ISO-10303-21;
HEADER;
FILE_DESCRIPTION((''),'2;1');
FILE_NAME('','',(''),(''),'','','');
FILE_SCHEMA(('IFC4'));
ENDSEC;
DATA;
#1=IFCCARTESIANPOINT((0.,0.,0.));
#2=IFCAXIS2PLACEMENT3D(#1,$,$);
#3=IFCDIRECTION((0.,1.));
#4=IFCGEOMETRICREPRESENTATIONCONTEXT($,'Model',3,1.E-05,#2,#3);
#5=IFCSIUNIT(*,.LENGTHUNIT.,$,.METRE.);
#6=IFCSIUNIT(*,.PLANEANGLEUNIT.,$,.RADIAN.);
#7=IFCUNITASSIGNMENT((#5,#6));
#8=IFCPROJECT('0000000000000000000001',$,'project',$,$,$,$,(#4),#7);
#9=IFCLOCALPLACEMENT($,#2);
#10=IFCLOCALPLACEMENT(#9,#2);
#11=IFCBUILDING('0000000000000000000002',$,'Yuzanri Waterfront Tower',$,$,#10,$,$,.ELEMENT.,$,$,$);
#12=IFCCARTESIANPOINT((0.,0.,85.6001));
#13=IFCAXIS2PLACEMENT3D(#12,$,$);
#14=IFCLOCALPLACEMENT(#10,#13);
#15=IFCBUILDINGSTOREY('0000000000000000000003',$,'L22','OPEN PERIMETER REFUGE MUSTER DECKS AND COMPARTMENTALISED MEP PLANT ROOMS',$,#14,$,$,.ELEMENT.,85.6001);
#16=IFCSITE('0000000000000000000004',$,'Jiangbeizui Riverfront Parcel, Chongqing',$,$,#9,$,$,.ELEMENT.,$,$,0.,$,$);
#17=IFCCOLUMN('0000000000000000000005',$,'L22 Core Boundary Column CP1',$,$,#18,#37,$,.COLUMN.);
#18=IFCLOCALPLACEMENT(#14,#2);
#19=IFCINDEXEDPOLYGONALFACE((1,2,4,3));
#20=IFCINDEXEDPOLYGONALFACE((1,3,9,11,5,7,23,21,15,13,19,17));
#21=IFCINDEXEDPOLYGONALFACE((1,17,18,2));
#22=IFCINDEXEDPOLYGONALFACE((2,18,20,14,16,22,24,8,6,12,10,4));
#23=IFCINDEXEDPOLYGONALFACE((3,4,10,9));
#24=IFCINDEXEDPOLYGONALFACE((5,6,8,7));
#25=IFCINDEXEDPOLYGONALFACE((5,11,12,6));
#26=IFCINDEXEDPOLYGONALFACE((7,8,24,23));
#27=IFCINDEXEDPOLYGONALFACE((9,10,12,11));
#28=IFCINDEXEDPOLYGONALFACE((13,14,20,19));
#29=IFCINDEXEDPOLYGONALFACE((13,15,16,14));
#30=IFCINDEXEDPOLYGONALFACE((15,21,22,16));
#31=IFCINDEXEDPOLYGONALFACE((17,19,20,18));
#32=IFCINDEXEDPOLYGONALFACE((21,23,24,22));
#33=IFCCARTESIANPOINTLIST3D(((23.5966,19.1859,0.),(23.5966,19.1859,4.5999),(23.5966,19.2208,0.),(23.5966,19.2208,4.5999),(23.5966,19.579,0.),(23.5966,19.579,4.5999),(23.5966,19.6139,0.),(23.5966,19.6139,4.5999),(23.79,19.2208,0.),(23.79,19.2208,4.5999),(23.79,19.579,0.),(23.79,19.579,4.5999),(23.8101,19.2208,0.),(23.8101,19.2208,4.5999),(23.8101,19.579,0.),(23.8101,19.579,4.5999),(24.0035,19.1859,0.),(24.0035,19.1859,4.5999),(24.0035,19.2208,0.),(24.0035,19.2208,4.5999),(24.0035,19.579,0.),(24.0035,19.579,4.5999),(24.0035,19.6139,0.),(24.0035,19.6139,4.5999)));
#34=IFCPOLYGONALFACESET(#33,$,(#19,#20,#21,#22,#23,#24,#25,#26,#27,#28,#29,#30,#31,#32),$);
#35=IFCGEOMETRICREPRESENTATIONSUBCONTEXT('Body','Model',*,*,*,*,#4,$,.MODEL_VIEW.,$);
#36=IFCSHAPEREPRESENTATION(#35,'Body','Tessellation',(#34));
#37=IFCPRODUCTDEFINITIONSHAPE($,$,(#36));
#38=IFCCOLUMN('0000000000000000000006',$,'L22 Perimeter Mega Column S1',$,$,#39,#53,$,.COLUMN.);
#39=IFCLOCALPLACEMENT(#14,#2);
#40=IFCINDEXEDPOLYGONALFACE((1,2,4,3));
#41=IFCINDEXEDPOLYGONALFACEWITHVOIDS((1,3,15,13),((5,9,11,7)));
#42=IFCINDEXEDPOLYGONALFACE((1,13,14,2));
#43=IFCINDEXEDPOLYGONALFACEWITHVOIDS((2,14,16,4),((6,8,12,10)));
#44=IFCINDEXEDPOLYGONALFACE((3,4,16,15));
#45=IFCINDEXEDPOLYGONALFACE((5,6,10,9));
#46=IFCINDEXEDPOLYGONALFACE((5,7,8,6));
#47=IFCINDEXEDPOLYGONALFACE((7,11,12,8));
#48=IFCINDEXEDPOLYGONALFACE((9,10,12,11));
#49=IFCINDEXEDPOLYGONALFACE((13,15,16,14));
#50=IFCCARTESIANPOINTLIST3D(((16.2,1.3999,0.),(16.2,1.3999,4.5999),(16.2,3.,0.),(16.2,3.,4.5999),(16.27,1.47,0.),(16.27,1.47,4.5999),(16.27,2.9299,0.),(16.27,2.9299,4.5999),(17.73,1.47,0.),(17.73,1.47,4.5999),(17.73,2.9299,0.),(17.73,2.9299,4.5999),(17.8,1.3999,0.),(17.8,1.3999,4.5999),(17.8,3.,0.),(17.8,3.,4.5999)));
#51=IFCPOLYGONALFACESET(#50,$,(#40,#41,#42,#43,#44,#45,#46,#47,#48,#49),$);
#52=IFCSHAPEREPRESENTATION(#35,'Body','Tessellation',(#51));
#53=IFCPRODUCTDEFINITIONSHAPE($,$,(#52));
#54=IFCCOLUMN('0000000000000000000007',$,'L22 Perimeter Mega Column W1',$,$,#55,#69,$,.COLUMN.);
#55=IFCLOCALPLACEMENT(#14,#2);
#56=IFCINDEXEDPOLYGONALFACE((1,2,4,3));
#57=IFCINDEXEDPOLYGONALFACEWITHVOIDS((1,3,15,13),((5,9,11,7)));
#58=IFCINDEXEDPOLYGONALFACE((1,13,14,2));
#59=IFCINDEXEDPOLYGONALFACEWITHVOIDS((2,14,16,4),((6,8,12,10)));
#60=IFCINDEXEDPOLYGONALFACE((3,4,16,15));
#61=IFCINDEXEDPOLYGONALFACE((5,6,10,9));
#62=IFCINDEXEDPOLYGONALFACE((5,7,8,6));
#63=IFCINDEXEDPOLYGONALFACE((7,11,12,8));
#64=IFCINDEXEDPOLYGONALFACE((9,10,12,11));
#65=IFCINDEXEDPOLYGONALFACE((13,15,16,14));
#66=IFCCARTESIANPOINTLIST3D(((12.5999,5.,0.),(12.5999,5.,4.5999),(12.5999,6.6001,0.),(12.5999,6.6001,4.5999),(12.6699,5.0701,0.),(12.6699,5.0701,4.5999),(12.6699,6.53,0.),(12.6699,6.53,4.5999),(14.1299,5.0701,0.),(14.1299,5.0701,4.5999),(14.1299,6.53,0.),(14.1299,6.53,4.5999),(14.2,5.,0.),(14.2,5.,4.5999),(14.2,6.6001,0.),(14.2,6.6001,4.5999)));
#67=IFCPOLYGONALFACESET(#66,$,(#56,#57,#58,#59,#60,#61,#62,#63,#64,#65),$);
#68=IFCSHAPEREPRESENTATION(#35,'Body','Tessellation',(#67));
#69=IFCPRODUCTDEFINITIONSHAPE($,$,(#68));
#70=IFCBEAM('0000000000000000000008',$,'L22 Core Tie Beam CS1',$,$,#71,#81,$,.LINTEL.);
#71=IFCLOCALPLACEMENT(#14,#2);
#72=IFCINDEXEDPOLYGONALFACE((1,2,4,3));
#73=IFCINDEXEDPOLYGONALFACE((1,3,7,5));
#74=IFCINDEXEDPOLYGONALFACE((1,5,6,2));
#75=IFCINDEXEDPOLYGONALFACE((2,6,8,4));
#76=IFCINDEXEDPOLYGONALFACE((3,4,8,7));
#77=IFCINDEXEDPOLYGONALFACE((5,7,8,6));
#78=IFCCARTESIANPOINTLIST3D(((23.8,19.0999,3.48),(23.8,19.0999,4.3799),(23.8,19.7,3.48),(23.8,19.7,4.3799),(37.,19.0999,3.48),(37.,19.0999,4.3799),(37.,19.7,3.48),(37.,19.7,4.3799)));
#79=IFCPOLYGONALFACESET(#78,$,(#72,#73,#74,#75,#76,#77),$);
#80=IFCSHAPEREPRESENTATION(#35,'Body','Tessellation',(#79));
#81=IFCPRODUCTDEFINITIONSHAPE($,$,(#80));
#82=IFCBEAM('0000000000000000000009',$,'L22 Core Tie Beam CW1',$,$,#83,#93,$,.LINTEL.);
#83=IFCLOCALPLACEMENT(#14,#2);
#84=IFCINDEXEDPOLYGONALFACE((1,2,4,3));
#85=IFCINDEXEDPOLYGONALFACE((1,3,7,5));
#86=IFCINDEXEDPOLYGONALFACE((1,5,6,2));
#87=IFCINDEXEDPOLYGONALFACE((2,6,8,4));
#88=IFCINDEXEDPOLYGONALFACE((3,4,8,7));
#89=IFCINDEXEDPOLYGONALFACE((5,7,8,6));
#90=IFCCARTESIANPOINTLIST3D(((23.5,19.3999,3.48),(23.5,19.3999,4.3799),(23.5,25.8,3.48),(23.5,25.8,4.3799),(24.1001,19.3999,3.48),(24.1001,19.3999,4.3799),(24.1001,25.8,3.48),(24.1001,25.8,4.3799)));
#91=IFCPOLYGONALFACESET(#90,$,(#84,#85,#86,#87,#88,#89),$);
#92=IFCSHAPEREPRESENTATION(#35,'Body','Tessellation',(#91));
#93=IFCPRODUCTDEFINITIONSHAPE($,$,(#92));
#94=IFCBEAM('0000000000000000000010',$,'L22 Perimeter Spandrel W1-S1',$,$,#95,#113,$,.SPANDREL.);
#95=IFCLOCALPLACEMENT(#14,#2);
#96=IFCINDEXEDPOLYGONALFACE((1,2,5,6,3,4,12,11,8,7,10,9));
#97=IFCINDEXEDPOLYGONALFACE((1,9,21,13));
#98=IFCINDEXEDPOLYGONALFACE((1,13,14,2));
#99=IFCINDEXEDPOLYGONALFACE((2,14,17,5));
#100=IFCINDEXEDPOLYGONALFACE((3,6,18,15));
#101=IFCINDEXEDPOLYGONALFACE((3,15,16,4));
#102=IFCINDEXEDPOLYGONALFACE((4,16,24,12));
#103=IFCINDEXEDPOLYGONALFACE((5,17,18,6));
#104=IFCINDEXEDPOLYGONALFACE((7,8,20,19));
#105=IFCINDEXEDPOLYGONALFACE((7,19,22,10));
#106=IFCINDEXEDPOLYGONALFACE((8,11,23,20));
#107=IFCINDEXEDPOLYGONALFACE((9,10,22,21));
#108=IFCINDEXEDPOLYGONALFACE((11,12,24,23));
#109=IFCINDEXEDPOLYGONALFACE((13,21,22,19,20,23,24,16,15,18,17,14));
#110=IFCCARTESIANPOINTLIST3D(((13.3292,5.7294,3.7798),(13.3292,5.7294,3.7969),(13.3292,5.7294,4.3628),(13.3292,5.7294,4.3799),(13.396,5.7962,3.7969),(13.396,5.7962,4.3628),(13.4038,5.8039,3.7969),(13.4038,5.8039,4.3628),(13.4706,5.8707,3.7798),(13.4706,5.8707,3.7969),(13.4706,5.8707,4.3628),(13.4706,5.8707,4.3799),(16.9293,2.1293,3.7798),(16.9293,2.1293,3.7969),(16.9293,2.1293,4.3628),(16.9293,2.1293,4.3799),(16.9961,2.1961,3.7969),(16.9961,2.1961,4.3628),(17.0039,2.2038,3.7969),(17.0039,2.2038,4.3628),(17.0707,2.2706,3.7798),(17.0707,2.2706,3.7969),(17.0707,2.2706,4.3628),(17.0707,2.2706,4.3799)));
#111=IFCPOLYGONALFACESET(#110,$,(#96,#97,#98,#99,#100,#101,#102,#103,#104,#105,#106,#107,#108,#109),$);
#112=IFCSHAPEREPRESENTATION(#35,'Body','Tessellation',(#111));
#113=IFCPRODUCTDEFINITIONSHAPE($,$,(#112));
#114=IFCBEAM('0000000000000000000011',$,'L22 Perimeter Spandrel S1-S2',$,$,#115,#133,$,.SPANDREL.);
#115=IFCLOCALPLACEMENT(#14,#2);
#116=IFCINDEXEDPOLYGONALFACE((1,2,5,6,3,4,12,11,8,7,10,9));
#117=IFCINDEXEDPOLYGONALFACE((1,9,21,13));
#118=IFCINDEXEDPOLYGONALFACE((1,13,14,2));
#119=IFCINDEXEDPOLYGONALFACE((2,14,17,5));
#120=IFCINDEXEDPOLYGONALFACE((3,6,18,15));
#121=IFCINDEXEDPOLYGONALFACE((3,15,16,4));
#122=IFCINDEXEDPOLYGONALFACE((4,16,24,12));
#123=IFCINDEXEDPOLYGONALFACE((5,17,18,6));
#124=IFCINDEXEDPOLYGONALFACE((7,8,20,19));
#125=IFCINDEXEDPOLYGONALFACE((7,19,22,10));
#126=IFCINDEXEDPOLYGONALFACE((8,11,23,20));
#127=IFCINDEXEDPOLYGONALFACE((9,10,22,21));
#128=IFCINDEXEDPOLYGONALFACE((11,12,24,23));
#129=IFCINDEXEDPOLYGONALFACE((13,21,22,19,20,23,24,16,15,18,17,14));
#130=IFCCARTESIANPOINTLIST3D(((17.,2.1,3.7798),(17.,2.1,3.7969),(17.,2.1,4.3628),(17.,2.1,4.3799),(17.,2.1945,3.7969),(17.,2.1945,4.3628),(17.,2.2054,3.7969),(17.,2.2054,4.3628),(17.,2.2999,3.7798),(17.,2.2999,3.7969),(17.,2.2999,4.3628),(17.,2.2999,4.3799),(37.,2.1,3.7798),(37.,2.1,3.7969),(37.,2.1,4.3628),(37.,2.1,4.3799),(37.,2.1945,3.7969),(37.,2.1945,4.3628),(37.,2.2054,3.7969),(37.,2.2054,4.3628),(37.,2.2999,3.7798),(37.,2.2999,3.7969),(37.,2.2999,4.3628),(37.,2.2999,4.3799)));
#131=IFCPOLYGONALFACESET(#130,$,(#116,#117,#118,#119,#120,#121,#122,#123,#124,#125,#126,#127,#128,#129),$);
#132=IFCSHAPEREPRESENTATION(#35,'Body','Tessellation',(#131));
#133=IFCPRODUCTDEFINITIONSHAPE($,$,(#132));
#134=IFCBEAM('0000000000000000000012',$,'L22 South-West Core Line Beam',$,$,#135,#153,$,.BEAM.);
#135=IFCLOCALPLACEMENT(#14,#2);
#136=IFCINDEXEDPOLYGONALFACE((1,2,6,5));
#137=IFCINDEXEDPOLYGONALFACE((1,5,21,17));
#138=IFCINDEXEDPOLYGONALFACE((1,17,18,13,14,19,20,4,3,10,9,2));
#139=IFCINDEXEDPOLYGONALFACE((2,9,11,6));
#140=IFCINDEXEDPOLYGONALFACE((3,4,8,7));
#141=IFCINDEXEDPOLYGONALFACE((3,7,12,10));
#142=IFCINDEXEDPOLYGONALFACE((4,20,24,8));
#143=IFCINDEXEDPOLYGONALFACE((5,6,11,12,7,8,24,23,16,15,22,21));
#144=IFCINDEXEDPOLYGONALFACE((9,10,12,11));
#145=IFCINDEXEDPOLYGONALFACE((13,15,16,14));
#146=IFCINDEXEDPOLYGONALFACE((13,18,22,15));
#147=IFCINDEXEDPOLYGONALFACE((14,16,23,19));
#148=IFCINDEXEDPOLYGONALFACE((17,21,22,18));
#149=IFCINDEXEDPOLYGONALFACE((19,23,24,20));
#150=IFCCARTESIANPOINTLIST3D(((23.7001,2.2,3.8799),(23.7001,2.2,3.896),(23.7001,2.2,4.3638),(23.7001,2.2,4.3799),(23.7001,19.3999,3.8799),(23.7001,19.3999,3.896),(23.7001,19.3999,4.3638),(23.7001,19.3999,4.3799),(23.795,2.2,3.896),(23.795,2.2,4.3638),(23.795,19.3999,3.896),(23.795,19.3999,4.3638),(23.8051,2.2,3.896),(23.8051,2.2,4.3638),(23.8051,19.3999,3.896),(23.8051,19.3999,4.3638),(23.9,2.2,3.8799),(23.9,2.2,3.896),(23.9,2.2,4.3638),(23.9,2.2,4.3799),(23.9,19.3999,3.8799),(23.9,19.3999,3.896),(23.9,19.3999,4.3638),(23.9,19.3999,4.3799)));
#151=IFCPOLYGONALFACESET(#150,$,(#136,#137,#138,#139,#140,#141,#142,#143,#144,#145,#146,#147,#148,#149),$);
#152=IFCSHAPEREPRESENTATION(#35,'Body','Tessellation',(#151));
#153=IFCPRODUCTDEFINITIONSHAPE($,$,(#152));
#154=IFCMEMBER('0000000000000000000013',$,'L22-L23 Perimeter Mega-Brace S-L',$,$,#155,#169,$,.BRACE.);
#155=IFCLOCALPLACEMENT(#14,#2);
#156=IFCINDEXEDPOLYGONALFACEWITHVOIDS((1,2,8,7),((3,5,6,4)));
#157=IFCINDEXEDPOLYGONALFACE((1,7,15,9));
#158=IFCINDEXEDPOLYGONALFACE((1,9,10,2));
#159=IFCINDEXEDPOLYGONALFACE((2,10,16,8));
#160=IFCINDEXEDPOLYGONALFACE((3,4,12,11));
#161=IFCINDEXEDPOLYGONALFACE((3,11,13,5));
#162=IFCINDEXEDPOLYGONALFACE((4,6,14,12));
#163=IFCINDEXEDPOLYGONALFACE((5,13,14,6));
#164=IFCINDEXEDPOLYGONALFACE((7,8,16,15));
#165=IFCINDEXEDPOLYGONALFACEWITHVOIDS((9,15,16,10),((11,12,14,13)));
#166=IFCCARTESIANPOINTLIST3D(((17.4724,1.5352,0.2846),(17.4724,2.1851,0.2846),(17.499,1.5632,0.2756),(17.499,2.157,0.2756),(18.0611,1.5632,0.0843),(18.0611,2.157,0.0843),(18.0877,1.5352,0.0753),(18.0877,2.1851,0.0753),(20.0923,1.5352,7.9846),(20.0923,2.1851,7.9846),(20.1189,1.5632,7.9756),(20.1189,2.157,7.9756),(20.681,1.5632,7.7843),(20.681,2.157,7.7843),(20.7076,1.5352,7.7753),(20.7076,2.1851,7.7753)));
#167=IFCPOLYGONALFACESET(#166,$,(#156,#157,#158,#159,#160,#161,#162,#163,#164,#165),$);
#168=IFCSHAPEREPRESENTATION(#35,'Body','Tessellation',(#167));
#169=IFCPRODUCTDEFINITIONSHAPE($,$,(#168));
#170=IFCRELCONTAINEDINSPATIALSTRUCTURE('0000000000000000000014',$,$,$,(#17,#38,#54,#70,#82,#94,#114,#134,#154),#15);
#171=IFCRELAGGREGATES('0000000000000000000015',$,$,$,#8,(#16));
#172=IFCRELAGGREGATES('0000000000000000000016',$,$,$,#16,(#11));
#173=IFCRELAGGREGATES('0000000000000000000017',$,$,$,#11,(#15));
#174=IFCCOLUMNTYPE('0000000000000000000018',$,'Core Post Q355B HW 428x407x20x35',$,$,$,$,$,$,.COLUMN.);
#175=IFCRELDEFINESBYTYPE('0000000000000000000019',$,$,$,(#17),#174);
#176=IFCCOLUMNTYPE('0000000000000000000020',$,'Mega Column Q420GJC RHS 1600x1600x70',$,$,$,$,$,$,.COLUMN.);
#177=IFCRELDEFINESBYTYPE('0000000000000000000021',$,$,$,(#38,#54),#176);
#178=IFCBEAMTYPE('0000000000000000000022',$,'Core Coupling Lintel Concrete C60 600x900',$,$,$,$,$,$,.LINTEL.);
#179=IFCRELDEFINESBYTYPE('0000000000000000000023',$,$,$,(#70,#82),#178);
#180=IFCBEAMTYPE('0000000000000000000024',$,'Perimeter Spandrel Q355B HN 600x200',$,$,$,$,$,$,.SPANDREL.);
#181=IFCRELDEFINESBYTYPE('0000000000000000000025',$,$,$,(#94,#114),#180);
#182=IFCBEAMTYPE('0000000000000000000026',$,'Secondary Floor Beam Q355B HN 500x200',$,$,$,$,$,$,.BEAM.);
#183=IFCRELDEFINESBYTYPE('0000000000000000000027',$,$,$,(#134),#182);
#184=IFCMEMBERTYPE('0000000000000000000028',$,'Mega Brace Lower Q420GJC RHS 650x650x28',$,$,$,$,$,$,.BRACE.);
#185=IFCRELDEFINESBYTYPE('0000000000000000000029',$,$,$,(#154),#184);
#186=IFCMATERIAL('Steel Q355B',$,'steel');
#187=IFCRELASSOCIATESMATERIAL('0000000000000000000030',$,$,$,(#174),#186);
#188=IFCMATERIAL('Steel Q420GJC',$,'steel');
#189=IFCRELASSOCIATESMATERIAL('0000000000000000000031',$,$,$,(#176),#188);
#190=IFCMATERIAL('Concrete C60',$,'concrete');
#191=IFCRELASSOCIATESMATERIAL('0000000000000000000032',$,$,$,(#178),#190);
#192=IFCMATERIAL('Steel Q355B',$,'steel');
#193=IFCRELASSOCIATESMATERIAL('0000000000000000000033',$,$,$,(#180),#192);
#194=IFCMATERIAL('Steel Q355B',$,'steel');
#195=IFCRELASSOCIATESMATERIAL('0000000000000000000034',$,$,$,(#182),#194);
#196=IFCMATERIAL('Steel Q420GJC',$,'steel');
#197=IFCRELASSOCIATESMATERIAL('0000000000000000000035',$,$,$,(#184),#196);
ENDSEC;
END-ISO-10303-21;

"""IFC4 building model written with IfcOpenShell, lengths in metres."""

from ifc_helpers import new_model, si_unit, direction, frame, origin, origin_2d, place, context, subcontext, project, spatial, rectangle, hollow_rectangle, i_section, extrude, source, transform, mapped, material, material_profile, profile_set, type_object, element, save


model = new_model("IFC4")

# Units and contexts
model_context = context("Model", 3, precision=1e-05, world=origin(), true_north=direction((0.0, 1.0)))
body_context = subcontext(model_context, "Body", "Model", "MODEL_VIEW")
ifc_project = project(units=[si_unit("LENGTHUNIT", "METRE"), si_unit("PLANEANGLEUNIT", "RADIAN")], contexts=[model_context])

# Site, building, storey
site_placement = place(None, origin())
site = spatial("IfcSite", under=ifc_project, at=site_placement, Name="Jiangbeizui Riverfront Parcel, Chongqing", CompositionType="ELEMENT", RefElevation=0.0)
building_placement = place(site_placement, origin())
building = spatial("IfcBuilding", under=site, at=building_placement, Name="Yuzanri Waterfront Tower", CompositionType="ELEMENT")
storey_placement = place(building_placement, frame((0.0, 0.0, 85.6001)))
storey = spatial("IfcBuildingStorey", under=building, at=storey_placement, Name="L22", Description="OPEN PERIMETER REFUGE MUSTER DECKS AND COMPARTMENTALISED MEP PLANT ROOMS", CompositionType="ELEMENT", Elevation=85.6001)

# Columns
ifc_material_1 = material(Name="Steel Q355B", Category="steel")
ifc_material_profile_1 = material_profile(ifc_material_1, i_section(OverallWidth=0.407, OverallDepth=0.428, WebThickness=0.02, FlangeThickness=0.0349, at=origin_2d()), Name="HW 428x407x20x35")
ifc_profile_set_1 = profile_set([ifc_material_profile_1], Name="Steel Q355B")
column_type_1 = type_object("IfcColumnType", Name="Core Post Q355B HW 428x407x20x35", PredefinedType="COLUMN", material=ifc_profile_set_1)
shared_shape_1 = source(origin(), body_context, "Body", "SweptSolid", [
    extrude(i_section(OverallWidth=0.407, OverallDepth=0.428, WebThickness=0.02, FlangeThickness=0.0349, at=origin_2d()), origin(), (0.0, 0.0, 1.0), 4.5999),
])
column_placement = place(storey_placement, frame((23.8, 19.3999, 0.0), z_axis=(0.0, 0.0, 1.0), x_axis=(1.0, 0.0, 0.0)))
element("IfcColumn", 1, at=column_placement, inside=storey, type_object=column_type_1, Name="L22 Core Boundary Column CP1", PredefinedType="COLUMN", context=body_context, shape_type="MappedRepresentation", body=[
    mapped(shared_shape_1, transform((0.0, 0.0, 0.0), scale=1.0)),
])
ifc_material_2 = material(Name="Steel Q420GJC", Category="steel")
ifc_material_profile_2 = material_profile(ifc_material_2, hollow_rectangle(XDim=1.6001, YDim=1.6001, WallThickness=0.0701, at=origin_2d()), Name="RHS 1600x1600x70")
ifc_profile_set_2 = profile_set([ifc_material_profile_2], Name="Steel Q420GJC")
column_type_2 = type_object("IfcColumnType", Name="Mega Column Q420GJC RHS 1600x1600x70", PredefinedType="COLUMN", material=ifc_profile_set_2)
shared_shape_2 = source(origin(), body_context, "Body", "SweptSolid", [
    extrude(hollow_rectangle(XDim=1.6001, YDim=1.6001, WallThickness=0.0701, at=origin_2d()), origin(), (0.0, 0.0, 1.0), 4.5999),
])
for number, where, z_axis, x_axis, name in (
    (2, (17.0, 2.2, 0.0), (0.0, 0.0, 1.0), (1.0, 0.0, 0.0), "L22 Perimeter Mega Column S1"),
    (3, (13.3999, 5.8, 0.0), (0.0, 0.0, 1.0), (1.0, 0.0, 0.0), "L22 Perimeter Mega Column W1"),
):
    element("IfcColumn", number, at=place(storey_placement, frame(where, z_axis=z_axis, x_axis=x_axis)), inside=storey, type_object=column_type_2, Name=name, PredefinedType="COLUMN", context=body_context, shape_type="MappedRepresentation", body=[
        mapped(shared_shape_2, transform((0.0, 0.0, 0.0), scale=1.0)),
    ])

# Beams
ifc_material_3 = material(Name="Concrete C60", Category="concrete")
ifc_material_profile_3 = material_profile(ifc_material_3, rectangle(XDim=0.6001, YDim=0.8999, at=origin_2d()), Name="RC 600x900")
ifc_profile_set_3 = profile_set([ifc_material_profile_3], Name="Concrete C60")
beam_type_1 = type_object("IfcBeamType", Name="Core Coupling Lintel Concrete C60 600x900", PredefinedType="LINTEL", material=ifc_profile_set_3)
shared_shape_3 = source(origin(), body_context, "Body", "SweptSolid", [
    extrude(rectangle(XDim=0.6001, YDim=0.8999, at=origin_2d()), origin(), (0.0, 0.0, 1.0), 13.2),
])
beam_1_placement = place(storey_placement, frame((23.8, 19.3999, 3.9299), z_axis=(1.0, 0.0, 0.0), x_axis=(0.0, 1.0, 0.0)))
element("IfcBeam", 4, at=beam_1_placement, inside=storey, type_object=beam_type_1, Name="L22 Core Tie Beam CS1", PredefinedType="LINTEL", context=body_context, shape_type="MappedRepresentation", body=[
    mapped(shared_shape_3, transform((0.0, 0.0, 0.0), scale=1.0)),
])
shared_shape_4 = source(origin(), body_context, "Body", "SweptSolid", [
    extrude(rectangle(XDim=0.6001, YDim=0.8999, at=origin_2d()), origin(), (0.0, 0.0, 1.0), 6.4001),
])
beam_2_placement = place(storey_placement, frame((23.8, 19.3999, 3.9299), z_axis=(0.0, 1.0, 0.0), x_axis=(-1.0, 0.0, 0.0)))
element("IfcBeam", 5, at=beam_2_placement, inside=storey, type_object=beam_type_1, Name="L22 Core Tie Beam CW1", PredefinedType="LINTEL", context=body_context, shape_type="MappedRepresentation", body=[
    mapped(shared_shape_4, transform((0.0, 0.0, 0.0), scale=1.0)),
])
ifc_material_4 = material(Name="Steel Q355B", Category="steel")
ifc_material_profile_4 = material_profile(ifc_material_4, i_section(OverallWidth=0.2, OverallDepth=0.6001, WebThickness=0.011, FlangeThickness=0.0171, at=origin_2d()), Name="HN 600x200x11x17")
ifc_profile_set_4 = profile_set([ifc_material_profile_4], Name="Steel Q355B")
beam_type_2 = type_object("IfcBeamType", Name="Perimeter Spandrel Q355B HN 600x200", PredefinedType="SPANDREL", material=ifc_profile_set_4)
shared_shape_5 = source(origin(), body_context, "Body", "SweptSolid", [
    extrude(i_section(OverallWidth=0.2, OverallDepth=0.6001, WebThickness=0.011, FlangeThickness=0.0171, at=origin_2d()), origin(), (0.0, 0.0, 1.0), 5.0913),
])
beam_3_placement = place(storey_placement, frame((13.3999, 5.8, 4.0798), z_axis=(0.707107, -0.707107, 0.0), x_axis=(0.707107, 0.707107, 0.0)))
element("IfcBeam", 6, at=beam_3_placement, inside=storey, type_object=beam_type_2, Name="L22 Perimeter Spandrel W1-S1", PredefinedType="SPANDREL", context=body_context, shape_type="MappedRepresentation", body=[
    mapped(shared_shape_5, transform((0.0, 0.0, 0.0), scale=1.0)),
])
shared_shape_6 = source(origin(), body_context, "Body", "SweptSolid", [
    extrude(i_section(OverallWidth=0.2, OverallDepth=0.6001, WebThickness=0.011, FlangeThickness=0.0171, at=origin_2d()), origin(), (0.0, 0.0, 1.0), 20.0),
])
beam_4_placement = place(storey_placement, frame((17.0, 2.2, 4.0798), z_axis=(1.0, 0.0, 0.0), x_axis=(0.0, 1.0, 0.0)))
element("IfcBeam", 7, at=beam_4_placement, inside=storey, type_object=beam_type_2, Name="L22 Perimeter Spandrel S1-S2", PredefinedType="SPANDREL", context=body_context, shape_type="MappedRepresentation", body=[
    mapped(shared_shape_6, transform((0.0, 0.0, 0.0), scale=1.0)),
])
ifc_material_5 = material(Name="Steel Q355B", Category="steel")
ifc_material_profile_5 = material_profile(ifc_material_5, i_section(OverallWidth=0.2, OverallDepth=0.5, WebThickness=0.01, FlangeThickness=0.0161, at=origin_2d()), Name="HN 500x200x10x16")
ifc_profile_set_5 = profile_set([ifc_material_profile_5], Name="Steel Q355B")
beam_type_3 = type_object("IfcBeamType", Name="Secondary Floor Beam Q355B HN 500x200", PredefinedType="BEAM", material=ifc_profile_set_5)
shared_shape_7 = source(origin(), body_context, "Body", "SweptSolid", [
    extrude(i_section(OverallWidth=0.2, OverallDepth=0.5, WebThickness=0.01, FlangeThickness=0.0161, at=origin_2d()), origin(), (0.0, 0.0, 1.0), 17.2),
])
beam_5_placement = place(storey_placement, frame((23.8, 19.3999, 4.1299), z_axis=(0.0, -1.0, 0.0), x_axis=(1.0, 0.0, 0.0)))
element("IfcBeam", 8, at=beam_5_placement, inside=storey, type_object=beam_type_3, Name="L22 South-West Core Line Beam", PredefinedType="BEAM", context=body_context, shape_type="MappedRepresentation", body=[
    mapped(shared_shape_7, transform((0.0, 0.0, 0.0), scale=1.0)),
])

# Member
ifc_material_6 = material(Name="Steel Q420GJC", Category="steel")
ifc_material_profile_6 = material_profile(ifc_material_6, hollow_rectangle(XDim=0.6499, YDim=0.6499, WallThickness=0.0281, at=origin_2d()), Name="RHS 650x650x28")
ifc_profile_set_6 = profile_set([ifc_material_profile_6], Name="Steel Q420GJC")
member_type = type_object("IfcMemberType", Name="Mega Brace Lower Q420GJC RHS 650x650x28", PredefinedType="BRACE", material=ifc_profile_set_6)
shared_shape_8 = source(origin(), body_context, "Body", "SweptSolid", [
    extrude(hollow_rectangle(XDim=0.6499, YDim=0.6499, WallThickness=0.0281, at=origin_2d()), origin(), (0.0, 0.0, 1.0), 8.1335),
])
for number, where, z_axis, x_axis, name in (
    (9, (17.78, 1.8601, 0.1799), (0.322111, 0.0, 0.946702), (0.0, 1.0, 0.0), "L22-L23 Perimeter Mega-Brace S-L"),
):
    element("IfcMember", number, at=place(storey_placement, frame(where, z_axis=z_axis, x_axis=x_axis)), inside=storey, type_object=member_type, Name=name, PredefinedType="BRACE", context=body_context, shape_type="MappedRepresentation", body=[
        mapped(shared_shape_8, transform((0.0, 0.0, 0.0), scale=1.0)),
    ])

save(model, "model.ifc")
